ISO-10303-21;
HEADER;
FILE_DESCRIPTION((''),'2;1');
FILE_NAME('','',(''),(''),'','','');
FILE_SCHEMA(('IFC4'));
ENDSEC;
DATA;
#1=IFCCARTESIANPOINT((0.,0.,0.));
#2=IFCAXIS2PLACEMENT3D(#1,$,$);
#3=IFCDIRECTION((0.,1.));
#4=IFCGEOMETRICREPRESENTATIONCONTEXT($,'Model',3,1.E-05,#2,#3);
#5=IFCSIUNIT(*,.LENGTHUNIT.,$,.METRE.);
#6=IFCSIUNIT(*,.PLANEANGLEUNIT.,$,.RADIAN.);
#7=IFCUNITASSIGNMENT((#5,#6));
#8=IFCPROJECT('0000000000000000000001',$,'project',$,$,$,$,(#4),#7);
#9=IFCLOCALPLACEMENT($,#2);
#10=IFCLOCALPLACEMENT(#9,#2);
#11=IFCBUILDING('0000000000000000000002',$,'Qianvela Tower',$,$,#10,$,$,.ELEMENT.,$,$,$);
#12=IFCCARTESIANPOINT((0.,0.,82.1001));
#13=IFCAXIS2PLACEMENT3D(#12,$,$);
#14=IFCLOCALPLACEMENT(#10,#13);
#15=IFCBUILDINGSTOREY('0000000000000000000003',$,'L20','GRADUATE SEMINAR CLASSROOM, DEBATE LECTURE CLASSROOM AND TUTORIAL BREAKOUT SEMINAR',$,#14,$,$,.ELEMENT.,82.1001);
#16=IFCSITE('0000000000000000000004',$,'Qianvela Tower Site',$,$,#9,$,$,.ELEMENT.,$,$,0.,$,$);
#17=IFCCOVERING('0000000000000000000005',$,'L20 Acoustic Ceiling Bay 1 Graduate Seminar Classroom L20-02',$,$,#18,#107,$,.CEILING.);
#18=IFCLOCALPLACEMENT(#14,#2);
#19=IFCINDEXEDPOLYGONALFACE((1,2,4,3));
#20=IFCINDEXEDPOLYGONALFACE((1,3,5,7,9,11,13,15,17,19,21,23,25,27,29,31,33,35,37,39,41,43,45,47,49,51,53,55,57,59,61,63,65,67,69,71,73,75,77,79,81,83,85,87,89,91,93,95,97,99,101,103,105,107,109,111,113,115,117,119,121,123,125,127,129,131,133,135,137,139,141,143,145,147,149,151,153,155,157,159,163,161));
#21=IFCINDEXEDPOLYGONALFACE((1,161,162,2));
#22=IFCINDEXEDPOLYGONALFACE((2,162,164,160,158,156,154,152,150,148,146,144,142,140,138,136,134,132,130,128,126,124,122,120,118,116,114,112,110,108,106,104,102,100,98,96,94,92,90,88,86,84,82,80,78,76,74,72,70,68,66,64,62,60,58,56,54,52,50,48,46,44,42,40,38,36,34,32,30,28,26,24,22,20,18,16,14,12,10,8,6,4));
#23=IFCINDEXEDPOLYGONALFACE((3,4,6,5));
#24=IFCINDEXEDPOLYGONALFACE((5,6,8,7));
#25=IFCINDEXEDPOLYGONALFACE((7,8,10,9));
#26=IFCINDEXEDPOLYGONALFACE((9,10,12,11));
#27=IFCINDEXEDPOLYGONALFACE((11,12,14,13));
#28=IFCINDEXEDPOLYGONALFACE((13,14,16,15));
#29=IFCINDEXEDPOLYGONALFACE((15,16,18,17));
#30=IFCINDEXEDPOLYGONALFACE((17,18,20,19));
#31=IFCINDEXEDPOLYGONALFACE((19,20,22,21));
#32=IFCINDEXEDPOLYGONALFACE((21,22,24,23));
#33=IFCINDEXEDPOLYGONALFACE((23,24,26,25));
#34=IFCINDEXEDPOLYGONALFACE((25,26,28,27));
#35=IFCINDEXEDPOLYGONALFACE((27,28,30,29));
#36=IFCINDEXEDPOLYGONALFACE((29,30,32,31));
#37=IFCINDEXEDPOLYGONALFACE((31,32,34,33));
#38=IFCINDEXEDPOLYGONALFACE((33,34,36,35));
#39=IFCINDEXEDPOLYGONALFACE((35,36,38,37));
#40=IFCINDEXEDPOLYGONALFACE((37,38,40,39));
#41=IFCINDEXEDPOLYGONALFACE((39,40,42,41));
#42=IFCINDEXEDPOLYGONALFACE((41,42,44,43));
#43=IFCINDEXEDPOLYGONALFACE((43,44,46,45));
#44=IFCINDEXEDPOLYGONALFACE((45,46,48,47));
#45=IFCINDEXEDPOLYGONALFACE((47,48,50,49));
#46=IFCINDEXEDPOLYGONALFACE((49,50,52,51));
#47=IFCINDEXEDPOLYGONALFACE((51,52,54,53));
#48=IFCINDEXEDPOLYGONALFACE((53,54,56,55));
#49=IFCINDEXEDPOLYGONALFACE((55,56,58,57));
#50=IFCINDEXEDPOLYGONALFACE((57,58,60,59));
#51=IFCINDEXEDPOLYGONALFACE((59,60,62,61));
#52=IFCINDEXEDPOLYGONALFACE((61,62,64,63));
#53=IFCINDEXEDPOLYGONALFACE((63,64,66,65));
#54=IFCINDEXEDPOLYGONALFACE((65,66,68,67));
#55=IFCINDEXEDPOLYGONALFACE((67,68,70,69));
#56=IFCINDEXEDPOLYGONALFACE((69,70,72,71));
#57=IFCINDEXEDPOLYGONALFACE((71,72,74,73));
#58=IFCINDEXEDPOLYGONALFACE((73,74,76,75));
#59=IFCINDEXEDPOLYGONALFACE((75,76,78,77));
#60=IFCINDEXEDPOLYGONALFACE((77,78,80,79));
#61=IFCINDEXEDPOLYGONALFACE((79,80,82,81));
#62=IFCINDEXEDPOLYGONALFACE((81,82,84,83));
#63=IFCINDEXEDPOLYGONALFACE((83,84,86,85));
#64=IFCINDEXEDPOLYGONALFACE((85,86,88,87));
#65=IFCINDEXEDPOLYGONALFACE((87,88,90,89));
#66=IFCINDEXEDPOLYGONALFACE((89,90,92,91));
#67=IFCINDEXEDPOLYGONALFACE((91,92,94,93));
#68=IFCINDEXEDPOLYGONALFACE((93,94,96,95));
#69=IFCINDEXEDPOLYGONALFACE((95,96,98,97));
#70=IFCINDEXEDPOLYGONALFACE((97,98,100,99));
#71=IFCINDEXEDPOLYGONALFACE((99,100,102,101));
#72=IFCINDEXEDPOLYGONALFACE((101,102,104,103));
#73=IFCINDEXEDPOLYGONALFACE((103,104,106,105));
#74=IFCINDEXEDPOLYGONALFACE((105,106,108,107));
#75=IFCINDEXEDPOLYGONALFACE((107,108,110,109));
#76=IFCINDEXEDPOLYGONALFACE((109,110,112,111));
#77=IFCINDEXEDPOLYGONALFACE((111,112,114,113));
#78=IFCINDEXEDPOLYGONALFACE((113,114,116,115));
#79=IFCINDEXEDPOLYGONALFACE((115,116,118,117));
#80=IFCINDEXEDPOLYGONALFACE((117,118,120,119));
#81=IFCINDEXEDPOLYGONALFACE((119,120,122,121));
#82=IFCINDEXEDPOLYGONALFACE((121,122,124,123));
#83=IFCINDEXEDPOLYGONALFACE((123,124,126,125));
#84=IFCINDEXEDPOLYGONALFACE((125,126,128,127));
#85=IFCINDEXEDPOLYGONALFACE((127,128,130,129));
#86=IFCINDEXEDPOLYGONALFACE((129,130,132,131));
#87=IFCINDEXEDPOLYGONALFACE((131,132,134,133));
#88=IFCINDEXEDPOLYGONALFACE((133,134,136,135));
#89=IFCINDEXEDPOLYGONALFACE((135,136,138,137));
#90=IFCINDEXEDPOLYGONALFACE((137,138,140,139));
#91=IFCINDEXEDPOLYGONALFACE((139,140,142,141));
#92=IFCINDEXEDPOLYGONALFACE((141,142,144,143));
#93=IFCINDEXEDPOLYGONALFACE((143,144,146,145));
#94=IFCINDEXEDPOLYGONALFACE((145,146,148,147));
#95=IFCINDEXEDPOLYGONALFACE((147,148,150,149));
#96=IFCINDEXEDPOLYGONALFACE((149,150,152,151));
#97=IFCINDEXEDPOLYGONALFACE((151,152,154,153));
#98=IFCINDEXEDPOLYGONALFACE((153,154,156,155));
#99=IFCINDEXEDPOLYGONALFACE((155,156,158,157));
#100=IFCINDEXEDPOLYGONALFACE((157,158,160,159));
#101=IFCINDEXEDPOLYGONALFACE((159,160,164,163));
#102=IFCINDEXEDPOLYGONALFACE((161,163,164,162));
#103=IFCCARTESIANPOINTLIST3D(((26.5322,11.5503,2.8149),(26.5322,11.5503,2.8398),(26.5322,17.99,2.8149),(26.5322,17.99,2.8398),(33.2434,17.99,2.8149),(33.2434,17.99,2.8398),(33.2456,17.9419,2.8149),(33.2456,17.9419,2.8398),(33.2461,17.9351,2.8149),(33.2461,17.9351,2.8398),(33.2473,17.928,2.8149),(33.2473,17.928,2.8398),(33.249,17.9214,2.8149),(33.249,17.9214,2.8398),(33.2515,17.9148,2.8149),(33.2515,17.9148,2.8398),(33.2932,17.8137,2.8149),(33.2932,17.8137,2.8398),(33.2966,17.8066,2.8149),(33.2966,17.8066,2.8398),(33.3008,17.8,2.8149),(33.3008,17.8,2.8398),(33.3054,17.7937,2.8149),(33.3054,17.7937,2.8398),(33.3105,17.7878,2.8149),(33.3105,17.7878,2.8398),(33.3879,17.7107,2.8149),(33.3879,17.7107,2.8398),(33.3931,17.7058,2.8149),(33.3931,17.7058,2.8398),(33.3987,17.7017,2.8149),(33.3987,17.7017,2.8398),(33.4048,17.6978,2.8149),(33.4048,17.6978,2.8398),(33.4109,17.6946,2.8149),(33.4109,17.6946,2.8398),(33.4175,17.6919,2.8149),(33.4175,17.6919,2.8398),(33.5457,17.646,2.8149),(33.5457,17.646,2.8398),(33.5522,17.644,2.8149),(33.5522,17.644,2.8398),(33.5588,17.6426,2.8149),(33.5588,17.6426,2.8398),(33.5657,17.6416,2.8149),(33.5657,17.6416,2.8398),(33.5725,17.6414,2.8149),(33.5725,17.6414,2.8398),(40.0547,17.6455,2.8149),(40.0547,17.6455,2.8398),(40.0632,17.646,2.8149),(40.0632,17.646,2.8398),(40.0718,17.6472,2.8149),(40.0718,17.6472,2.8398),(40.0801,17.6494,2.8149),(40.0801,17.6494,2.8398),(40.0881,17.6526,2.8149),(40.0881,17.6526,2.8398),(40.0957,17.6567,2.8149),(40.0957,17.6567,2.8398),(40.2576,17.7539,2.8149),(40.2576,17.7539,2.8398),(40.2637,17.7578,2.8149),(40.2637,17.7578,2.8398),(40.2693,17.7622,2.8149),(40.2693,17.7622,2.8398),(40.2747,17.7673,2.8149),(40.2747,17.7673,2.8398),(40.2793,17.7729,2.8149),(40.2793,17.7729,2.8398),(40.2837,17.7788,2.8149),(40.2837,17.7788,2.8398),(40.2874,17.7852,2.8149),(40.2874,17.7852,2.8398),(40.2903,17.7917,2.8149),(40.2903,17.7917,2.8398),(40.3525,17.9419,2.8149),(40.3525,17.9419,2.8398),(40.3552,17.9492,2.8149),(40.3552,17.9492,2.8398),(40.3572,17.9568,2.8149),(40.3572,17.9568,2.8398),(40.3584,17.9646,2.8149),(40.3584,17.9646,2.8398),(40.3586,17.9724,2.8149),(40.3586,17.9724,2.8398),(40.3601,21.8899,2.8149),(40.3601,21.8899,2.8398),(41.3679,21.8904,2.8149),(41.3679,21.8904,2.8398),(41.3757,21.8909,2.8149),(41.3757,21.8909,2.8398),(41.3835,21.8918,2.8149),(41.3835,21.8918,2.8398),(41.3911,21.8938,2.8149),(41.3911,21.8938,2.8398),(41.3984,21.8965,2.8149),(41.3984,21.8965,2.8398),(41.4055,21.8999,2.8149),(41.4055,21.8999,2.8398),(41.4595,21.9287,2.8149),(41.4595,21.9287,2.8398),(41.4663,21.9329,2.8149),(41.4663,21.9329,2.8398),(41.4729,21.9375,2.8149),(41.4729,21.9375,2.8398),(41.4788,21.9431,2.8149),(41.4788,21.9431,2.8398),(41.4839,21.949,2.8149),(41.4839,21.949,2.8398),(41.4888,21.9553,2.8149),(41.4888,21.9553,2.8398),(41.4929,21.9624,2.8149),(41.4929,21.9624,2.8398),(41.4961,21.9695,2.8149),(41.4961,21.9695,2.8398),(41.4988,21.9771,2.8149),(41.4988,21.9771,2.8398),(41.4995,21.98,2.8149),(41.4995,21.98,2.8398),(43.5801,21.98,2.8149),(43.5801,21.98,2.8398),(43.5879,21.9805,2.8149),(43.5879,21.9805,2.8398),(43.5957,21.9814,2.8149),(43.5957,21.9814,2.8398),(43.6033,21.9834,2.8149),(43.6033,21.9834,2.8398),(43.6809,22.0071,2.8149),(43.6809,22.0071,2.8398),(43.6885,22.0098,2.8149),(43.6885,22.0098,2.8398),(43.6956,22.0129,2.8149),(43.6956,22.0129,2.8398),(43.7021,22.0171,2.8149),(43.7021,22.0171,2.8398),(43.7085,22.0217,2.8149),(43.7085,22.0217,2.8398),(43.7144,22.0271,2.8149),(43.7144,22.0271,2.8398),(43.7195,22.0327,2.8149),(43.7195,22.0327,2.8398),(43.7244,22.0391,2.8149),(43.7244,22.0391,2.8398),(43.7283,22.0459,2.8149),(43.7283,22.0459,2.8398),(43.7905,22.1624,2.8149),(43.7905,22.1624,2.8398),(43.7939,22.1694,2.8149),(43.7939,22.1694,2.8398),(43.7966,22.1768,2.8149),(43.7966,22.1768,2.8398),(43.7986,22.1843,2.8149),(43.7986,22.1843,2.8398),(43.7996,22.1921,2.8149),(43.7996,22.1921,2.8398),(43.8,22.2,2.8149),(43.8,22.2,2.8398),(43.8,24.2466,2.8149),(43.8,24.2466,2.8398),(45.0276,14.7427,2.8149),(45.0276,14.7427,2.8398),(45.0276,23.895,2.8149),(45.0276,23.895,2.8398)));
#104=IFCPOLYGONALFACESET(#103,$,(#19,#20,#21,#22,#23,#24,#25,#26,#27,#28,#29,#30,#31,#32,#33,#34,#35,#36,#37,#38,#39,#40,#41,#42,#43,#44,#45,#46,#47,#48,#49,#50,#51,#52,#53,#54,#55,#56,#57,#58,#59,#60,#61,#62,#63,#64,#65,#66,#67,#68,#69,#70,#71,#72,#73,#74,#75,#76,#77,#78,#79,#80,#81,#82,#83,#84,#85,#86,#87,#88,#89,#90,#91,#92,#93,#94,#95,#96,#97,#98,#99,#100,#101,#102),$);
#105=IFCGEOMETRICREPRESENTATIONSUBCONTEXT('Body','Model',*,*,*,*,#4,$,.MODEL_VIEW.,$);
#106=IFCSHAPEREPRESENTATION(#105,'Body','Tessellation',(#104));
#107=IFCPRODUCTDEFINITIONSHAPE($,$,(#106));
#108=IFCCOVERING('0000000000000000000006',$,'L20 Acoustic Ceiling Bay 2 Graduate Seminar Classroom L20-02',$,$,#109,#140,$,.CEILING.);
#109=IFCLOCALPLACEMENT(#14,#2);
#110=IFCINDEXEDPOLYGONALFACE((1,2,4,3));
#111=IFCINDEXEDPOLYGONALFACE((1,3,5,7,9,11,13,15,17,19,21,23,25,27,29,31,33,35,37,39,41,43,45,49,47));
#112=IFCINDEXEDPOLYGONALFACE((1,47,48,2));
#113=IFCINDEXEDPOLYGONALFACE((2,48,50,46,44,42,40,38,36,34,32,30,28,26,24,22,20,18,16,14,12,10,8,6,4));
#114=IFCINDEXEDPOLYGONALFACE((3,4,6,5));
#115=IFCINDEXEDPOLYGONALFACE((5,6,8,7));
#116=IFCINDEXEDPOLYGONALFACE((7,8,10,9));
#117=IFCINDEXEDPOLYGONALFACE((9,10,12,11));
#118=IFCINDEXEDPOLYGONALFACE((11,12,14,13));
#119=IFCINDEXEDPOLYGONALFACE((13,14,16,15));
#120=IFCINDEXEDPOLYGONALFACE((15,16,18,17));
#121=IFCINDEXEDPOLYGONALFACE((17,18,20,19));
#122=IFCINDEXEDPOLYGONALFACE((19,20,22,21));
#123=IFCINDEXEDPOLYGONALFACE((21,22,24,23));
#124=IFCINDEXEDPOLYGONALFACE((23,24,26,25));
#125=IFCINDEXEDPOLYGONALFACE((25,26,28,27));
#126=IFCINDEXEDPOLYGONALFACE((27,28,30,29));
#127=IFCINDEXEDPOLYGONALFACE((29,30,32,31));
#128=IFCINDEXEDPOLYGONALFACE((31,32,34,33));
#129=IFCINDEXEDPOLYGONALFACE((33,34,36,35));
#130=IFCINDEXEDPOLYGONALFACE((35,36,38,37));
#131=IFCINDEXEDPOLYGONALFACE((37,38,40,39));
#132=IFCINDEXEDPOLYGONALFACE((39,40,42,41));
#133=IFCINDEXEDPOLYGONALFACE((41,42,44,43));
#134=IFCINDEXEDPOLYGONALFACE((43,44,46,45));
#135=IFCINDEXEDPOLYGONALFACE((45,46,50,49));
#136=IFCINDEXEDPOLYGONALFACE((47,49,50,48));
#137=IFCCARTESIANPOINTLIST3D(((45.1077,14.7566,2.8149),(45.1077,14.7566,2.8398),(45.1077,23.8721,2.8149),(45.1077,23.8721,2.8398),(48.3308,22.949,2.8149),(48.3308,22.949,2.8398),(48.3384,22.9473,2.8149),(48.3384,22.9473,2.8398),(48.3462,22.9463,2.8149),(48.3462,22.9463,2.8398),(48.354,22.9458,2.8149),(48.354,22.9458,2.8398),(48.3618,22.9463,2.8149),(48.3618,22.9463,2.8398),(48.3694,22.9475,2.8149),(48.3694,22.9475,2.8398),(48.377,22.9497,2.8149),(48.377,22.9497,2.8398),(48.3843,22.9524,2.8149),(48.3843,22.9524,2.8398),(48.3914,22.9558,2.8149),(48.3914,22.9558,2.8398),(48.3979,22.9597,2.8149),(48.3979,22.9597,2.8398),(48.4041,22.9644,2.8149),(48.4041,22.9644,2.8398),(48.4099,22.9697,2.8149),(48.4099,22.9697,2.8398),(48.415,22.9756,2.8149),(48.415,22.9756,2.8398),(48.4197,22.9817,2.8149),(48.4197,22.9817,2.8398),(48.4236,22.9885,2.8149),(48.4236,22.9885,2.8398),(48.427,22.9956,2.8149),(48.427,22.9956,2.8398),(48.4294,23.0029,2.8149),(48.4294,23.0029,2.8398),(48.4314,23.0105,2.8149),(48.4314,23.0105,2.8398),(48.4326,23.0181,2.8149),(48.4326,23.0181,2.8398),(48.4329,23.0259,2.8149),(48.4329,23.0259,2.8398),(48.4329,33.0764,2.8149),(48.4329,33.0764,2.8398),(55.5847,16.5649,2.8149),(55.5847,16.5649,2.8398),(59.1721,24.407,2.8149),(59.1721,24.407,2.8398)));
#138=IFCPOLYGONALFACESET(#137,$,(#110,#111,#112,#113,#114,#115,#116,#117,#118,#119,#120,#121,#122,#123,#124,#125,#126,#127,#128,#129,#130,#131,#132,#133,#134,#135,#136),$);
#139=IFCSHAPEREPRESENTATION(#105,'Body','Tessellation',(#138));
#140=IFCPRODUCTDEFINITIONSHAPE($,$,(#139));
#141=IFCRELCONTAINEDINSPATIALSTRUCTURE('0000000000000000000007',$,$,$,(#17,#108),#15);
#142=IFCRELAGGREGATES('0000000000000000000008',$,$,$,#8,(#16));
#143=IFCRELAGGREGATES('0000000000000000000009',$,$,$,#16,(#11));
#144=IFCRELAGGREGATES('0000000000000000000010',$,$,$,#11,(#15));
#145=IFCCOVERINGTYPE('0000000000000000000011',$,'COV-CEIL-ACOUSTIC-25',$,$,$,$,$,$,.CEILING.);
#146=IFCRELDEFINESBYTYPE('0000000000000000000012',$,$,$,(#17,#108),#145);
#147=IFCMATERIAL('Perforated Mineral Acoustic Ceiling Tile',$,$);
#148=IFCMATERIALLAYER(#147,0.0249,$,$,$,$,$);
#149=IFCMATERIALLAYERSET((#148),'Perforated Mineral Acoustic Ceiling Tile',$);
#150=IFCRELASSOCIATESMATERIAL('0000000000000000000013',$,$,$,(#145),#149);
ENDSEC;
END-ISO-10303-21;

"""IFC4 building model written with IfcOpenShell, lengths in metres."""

from ifc_helpers import new_model, si_unit, direction, frame, origin, place, context, subcontext, project, spatial, polyline, outline, extrude, material, layer, layer_set, type_object, element, save


model = new_model("IFC4")

# Units and contexts
model_context = context("Model", 3, precision=1e-05, world=origin(), true_north=direction((0.0, 1.0)))
body_context = subcontext(model_context, "Body", "Model", "MODEL_VIEW")
ifc_project = project(units=[si_unit("LENGTHUNIT", "METRE"), si_unit("PLANEANGLEUNIT", "RADIAN")], contexts=[model_context])

# Site, building, storey
site_placement = place(None, origin())
site = spatial("IfcSite", under=ifc_project, at=site_placement, Name="Qianvela Tower Site", CompositionType="ELEMENT", RefElevation=0.0)
building_placement = place(site_placement, origin())
building = spatial("IfcBuilding", under=site, at=building_placement, Name="Qianvela Tower", CompositionType="ELEMENT")
storey_placement = place(building_placement, frame((0.0, 0.0, 82.1001)))
storey = spatial("IfcBuildingStorey", under=building, at=storey_placement, Name="L20", Description="GRADUATE SEMINAR CLASSROOM, DEBATE LECTURE CLASSROOM AND TUTORIAL BREAKOUT SEMINAR", CompositionType="ELEMENT", Elevation=82.1001)

# Coverings
ifc_material_1 = material(Name="Perforated Mineral Acoustic Ceiling Tile")
ifc_layer_1 = layer(ifc_material_1, 0.0249)
ifc_layer_set_1 = layer_set([ifc_layer_1], Name="Perforated Mineral Acoustic Ceiling Tile")
covering_type_1 = type_object("IfcCoveringType", Name="COV-CEIL-ACOUSTIC-25", PredefinedType="CEILING", material=ifc_layer_set_1)
covering_1_placement = place(storey_placement, frame((0.0, 0.0, 2.8149)))
element("IfcCovering", 1, at=covering_1_placement, inside=storey, type_object=covering_type_1, Name="L20 Acoustic Ceiling Bay 1 Graduate Seminar Classroom L20-02", PredefinedType="CEILING", context=body_context, shape_type="SweptSolid", body=[
    extrude(outline(polyline([(26.5322, 11.5503), (26.5322, 17.99), (33.2434, 17.99), (33.2456, 17.9419), (33.2461, 17.9351), (33.2473, 17.928), (33.249, 17.9214), (33.2515, 17.9148), (33.2932, 17.8137), (33.2966, 17.8066), (33.3008, 17.8), (33.3054, 17.7937), (33.3105, 17.7878), (33.3879, 17.7107), (33.3931, 17.7058), (33.3987, 17.7017), (33.4048, 17.6978), (33.4109, 17.6946), (33.4175, 17.6919), (33.5457, 17.646), (33.5522, 17.644), (33.5588, 17.6426), (33.5657, 17.6416), (33.5725, 17.6414), (40.0547, 17.6455), (40.0632, 17.646), (40.0718, 17.6472), (40.0801, 17.6494), (40.0881, 17.6526), (40.0957, 17.6567), (40.2576, 17.7539), (40.2637, 17.7578), (40.2693, 17.7622), (40.2747, 17.7673), (40.2793, 17.7729), (40.2837, 17.7788), (40.2874, 17.7852), (40.2903, 17.7917), (40.3525, 17.9419), (40.3552, 17.9492), (40.3572, 17.9568), (40.3584, 17.9646), (40.3586, 17.9724), (40.3601, 21.8899), (41.3679, 21.8904), (41.3757, 21.8909), (41.3835, 21.8918), (41.3911, 21.8938), (41.3984, 21.8965), (41.4055, 21.8999), (41.4595, 21.9287), (41.4663, 21.9329), (41.4729, 21.9375), (41.4788, 21.9431), (41.4839, 21.949), (41.4888, 21.9553), (41.4929, 21.9624), (41.4961, 21.9695), (41.4988, 21.9771), (41.4995, 21.98), (43.5801, 21.98), (43.5879, 21.9805), (43.5957, 21.9814), (43.6033, 21.9834), (43.6809, 22.0071), (43.6885, 22.0098), (43.6956, 22.0129), (43.7021, 22.0171), (43.7085, 22.0217), (43.7144, 22.0271), (43.7195, 22.0327), (43.7244, 22.0391), (43.7283, 22.0459), (43.7905, 22.1624), (43.7939, 22.1694), (43.7966, 22.1768), (43.7986, 22.1843), (43.7996, 22.1921), (43.8, 22.2), (43.8, 24.2466), (45.0276, 23.895), (45.0276, 14.7427), (26.5322, 11.5503)])), origin(), (0.0, 0.0, 1.0), 0.0249),
])
covering_2_placement = place(storey_placement, frame((0.0, 0.0, 2.8149)))
element("IfcCovering", 2, at=covering_2_placement, inside=storey, type_object=covering_type_1, Name="L20 Acoustic Ceiling Bay 2 Graduate Seminar Classroom L20-02", PredefinedType="CEILING", context=body_context, shape_type="SweptSolid", body=[
    extrude(outline(polyline([(59.1721, 24.407), (55.5847, 16.5649), (45.1077, 14.7566), (45.1077, 23.8721), (48.3308, 22.949), (48.3384, 22.9473), (48.3462, 22.9463), (48.354, 22.9458), (48.3618, 22.9463), (48.3694, 22.9475), (48.377, 22.9497), (48.3843, 22.9524), (48.3914, 22.9558), (48.3979, 22.9597), (48.4041, 22.9644), (48.4099, 22.9697), (48.415, 22.9756), (48.4197, 22.9817), (48.4236, 22.9885), (48.427, 22.9956), (48.4294, 23.0029), (48.4314, 23.0105), (48.4326, 23.0181), (48.4329, 23.0259), (48.4329, 33.0764), (59.1721, 24.407)])), origin(), (0.0, 0.0, 1.0), 0.0249),
])

save(model, "model.ifc")
